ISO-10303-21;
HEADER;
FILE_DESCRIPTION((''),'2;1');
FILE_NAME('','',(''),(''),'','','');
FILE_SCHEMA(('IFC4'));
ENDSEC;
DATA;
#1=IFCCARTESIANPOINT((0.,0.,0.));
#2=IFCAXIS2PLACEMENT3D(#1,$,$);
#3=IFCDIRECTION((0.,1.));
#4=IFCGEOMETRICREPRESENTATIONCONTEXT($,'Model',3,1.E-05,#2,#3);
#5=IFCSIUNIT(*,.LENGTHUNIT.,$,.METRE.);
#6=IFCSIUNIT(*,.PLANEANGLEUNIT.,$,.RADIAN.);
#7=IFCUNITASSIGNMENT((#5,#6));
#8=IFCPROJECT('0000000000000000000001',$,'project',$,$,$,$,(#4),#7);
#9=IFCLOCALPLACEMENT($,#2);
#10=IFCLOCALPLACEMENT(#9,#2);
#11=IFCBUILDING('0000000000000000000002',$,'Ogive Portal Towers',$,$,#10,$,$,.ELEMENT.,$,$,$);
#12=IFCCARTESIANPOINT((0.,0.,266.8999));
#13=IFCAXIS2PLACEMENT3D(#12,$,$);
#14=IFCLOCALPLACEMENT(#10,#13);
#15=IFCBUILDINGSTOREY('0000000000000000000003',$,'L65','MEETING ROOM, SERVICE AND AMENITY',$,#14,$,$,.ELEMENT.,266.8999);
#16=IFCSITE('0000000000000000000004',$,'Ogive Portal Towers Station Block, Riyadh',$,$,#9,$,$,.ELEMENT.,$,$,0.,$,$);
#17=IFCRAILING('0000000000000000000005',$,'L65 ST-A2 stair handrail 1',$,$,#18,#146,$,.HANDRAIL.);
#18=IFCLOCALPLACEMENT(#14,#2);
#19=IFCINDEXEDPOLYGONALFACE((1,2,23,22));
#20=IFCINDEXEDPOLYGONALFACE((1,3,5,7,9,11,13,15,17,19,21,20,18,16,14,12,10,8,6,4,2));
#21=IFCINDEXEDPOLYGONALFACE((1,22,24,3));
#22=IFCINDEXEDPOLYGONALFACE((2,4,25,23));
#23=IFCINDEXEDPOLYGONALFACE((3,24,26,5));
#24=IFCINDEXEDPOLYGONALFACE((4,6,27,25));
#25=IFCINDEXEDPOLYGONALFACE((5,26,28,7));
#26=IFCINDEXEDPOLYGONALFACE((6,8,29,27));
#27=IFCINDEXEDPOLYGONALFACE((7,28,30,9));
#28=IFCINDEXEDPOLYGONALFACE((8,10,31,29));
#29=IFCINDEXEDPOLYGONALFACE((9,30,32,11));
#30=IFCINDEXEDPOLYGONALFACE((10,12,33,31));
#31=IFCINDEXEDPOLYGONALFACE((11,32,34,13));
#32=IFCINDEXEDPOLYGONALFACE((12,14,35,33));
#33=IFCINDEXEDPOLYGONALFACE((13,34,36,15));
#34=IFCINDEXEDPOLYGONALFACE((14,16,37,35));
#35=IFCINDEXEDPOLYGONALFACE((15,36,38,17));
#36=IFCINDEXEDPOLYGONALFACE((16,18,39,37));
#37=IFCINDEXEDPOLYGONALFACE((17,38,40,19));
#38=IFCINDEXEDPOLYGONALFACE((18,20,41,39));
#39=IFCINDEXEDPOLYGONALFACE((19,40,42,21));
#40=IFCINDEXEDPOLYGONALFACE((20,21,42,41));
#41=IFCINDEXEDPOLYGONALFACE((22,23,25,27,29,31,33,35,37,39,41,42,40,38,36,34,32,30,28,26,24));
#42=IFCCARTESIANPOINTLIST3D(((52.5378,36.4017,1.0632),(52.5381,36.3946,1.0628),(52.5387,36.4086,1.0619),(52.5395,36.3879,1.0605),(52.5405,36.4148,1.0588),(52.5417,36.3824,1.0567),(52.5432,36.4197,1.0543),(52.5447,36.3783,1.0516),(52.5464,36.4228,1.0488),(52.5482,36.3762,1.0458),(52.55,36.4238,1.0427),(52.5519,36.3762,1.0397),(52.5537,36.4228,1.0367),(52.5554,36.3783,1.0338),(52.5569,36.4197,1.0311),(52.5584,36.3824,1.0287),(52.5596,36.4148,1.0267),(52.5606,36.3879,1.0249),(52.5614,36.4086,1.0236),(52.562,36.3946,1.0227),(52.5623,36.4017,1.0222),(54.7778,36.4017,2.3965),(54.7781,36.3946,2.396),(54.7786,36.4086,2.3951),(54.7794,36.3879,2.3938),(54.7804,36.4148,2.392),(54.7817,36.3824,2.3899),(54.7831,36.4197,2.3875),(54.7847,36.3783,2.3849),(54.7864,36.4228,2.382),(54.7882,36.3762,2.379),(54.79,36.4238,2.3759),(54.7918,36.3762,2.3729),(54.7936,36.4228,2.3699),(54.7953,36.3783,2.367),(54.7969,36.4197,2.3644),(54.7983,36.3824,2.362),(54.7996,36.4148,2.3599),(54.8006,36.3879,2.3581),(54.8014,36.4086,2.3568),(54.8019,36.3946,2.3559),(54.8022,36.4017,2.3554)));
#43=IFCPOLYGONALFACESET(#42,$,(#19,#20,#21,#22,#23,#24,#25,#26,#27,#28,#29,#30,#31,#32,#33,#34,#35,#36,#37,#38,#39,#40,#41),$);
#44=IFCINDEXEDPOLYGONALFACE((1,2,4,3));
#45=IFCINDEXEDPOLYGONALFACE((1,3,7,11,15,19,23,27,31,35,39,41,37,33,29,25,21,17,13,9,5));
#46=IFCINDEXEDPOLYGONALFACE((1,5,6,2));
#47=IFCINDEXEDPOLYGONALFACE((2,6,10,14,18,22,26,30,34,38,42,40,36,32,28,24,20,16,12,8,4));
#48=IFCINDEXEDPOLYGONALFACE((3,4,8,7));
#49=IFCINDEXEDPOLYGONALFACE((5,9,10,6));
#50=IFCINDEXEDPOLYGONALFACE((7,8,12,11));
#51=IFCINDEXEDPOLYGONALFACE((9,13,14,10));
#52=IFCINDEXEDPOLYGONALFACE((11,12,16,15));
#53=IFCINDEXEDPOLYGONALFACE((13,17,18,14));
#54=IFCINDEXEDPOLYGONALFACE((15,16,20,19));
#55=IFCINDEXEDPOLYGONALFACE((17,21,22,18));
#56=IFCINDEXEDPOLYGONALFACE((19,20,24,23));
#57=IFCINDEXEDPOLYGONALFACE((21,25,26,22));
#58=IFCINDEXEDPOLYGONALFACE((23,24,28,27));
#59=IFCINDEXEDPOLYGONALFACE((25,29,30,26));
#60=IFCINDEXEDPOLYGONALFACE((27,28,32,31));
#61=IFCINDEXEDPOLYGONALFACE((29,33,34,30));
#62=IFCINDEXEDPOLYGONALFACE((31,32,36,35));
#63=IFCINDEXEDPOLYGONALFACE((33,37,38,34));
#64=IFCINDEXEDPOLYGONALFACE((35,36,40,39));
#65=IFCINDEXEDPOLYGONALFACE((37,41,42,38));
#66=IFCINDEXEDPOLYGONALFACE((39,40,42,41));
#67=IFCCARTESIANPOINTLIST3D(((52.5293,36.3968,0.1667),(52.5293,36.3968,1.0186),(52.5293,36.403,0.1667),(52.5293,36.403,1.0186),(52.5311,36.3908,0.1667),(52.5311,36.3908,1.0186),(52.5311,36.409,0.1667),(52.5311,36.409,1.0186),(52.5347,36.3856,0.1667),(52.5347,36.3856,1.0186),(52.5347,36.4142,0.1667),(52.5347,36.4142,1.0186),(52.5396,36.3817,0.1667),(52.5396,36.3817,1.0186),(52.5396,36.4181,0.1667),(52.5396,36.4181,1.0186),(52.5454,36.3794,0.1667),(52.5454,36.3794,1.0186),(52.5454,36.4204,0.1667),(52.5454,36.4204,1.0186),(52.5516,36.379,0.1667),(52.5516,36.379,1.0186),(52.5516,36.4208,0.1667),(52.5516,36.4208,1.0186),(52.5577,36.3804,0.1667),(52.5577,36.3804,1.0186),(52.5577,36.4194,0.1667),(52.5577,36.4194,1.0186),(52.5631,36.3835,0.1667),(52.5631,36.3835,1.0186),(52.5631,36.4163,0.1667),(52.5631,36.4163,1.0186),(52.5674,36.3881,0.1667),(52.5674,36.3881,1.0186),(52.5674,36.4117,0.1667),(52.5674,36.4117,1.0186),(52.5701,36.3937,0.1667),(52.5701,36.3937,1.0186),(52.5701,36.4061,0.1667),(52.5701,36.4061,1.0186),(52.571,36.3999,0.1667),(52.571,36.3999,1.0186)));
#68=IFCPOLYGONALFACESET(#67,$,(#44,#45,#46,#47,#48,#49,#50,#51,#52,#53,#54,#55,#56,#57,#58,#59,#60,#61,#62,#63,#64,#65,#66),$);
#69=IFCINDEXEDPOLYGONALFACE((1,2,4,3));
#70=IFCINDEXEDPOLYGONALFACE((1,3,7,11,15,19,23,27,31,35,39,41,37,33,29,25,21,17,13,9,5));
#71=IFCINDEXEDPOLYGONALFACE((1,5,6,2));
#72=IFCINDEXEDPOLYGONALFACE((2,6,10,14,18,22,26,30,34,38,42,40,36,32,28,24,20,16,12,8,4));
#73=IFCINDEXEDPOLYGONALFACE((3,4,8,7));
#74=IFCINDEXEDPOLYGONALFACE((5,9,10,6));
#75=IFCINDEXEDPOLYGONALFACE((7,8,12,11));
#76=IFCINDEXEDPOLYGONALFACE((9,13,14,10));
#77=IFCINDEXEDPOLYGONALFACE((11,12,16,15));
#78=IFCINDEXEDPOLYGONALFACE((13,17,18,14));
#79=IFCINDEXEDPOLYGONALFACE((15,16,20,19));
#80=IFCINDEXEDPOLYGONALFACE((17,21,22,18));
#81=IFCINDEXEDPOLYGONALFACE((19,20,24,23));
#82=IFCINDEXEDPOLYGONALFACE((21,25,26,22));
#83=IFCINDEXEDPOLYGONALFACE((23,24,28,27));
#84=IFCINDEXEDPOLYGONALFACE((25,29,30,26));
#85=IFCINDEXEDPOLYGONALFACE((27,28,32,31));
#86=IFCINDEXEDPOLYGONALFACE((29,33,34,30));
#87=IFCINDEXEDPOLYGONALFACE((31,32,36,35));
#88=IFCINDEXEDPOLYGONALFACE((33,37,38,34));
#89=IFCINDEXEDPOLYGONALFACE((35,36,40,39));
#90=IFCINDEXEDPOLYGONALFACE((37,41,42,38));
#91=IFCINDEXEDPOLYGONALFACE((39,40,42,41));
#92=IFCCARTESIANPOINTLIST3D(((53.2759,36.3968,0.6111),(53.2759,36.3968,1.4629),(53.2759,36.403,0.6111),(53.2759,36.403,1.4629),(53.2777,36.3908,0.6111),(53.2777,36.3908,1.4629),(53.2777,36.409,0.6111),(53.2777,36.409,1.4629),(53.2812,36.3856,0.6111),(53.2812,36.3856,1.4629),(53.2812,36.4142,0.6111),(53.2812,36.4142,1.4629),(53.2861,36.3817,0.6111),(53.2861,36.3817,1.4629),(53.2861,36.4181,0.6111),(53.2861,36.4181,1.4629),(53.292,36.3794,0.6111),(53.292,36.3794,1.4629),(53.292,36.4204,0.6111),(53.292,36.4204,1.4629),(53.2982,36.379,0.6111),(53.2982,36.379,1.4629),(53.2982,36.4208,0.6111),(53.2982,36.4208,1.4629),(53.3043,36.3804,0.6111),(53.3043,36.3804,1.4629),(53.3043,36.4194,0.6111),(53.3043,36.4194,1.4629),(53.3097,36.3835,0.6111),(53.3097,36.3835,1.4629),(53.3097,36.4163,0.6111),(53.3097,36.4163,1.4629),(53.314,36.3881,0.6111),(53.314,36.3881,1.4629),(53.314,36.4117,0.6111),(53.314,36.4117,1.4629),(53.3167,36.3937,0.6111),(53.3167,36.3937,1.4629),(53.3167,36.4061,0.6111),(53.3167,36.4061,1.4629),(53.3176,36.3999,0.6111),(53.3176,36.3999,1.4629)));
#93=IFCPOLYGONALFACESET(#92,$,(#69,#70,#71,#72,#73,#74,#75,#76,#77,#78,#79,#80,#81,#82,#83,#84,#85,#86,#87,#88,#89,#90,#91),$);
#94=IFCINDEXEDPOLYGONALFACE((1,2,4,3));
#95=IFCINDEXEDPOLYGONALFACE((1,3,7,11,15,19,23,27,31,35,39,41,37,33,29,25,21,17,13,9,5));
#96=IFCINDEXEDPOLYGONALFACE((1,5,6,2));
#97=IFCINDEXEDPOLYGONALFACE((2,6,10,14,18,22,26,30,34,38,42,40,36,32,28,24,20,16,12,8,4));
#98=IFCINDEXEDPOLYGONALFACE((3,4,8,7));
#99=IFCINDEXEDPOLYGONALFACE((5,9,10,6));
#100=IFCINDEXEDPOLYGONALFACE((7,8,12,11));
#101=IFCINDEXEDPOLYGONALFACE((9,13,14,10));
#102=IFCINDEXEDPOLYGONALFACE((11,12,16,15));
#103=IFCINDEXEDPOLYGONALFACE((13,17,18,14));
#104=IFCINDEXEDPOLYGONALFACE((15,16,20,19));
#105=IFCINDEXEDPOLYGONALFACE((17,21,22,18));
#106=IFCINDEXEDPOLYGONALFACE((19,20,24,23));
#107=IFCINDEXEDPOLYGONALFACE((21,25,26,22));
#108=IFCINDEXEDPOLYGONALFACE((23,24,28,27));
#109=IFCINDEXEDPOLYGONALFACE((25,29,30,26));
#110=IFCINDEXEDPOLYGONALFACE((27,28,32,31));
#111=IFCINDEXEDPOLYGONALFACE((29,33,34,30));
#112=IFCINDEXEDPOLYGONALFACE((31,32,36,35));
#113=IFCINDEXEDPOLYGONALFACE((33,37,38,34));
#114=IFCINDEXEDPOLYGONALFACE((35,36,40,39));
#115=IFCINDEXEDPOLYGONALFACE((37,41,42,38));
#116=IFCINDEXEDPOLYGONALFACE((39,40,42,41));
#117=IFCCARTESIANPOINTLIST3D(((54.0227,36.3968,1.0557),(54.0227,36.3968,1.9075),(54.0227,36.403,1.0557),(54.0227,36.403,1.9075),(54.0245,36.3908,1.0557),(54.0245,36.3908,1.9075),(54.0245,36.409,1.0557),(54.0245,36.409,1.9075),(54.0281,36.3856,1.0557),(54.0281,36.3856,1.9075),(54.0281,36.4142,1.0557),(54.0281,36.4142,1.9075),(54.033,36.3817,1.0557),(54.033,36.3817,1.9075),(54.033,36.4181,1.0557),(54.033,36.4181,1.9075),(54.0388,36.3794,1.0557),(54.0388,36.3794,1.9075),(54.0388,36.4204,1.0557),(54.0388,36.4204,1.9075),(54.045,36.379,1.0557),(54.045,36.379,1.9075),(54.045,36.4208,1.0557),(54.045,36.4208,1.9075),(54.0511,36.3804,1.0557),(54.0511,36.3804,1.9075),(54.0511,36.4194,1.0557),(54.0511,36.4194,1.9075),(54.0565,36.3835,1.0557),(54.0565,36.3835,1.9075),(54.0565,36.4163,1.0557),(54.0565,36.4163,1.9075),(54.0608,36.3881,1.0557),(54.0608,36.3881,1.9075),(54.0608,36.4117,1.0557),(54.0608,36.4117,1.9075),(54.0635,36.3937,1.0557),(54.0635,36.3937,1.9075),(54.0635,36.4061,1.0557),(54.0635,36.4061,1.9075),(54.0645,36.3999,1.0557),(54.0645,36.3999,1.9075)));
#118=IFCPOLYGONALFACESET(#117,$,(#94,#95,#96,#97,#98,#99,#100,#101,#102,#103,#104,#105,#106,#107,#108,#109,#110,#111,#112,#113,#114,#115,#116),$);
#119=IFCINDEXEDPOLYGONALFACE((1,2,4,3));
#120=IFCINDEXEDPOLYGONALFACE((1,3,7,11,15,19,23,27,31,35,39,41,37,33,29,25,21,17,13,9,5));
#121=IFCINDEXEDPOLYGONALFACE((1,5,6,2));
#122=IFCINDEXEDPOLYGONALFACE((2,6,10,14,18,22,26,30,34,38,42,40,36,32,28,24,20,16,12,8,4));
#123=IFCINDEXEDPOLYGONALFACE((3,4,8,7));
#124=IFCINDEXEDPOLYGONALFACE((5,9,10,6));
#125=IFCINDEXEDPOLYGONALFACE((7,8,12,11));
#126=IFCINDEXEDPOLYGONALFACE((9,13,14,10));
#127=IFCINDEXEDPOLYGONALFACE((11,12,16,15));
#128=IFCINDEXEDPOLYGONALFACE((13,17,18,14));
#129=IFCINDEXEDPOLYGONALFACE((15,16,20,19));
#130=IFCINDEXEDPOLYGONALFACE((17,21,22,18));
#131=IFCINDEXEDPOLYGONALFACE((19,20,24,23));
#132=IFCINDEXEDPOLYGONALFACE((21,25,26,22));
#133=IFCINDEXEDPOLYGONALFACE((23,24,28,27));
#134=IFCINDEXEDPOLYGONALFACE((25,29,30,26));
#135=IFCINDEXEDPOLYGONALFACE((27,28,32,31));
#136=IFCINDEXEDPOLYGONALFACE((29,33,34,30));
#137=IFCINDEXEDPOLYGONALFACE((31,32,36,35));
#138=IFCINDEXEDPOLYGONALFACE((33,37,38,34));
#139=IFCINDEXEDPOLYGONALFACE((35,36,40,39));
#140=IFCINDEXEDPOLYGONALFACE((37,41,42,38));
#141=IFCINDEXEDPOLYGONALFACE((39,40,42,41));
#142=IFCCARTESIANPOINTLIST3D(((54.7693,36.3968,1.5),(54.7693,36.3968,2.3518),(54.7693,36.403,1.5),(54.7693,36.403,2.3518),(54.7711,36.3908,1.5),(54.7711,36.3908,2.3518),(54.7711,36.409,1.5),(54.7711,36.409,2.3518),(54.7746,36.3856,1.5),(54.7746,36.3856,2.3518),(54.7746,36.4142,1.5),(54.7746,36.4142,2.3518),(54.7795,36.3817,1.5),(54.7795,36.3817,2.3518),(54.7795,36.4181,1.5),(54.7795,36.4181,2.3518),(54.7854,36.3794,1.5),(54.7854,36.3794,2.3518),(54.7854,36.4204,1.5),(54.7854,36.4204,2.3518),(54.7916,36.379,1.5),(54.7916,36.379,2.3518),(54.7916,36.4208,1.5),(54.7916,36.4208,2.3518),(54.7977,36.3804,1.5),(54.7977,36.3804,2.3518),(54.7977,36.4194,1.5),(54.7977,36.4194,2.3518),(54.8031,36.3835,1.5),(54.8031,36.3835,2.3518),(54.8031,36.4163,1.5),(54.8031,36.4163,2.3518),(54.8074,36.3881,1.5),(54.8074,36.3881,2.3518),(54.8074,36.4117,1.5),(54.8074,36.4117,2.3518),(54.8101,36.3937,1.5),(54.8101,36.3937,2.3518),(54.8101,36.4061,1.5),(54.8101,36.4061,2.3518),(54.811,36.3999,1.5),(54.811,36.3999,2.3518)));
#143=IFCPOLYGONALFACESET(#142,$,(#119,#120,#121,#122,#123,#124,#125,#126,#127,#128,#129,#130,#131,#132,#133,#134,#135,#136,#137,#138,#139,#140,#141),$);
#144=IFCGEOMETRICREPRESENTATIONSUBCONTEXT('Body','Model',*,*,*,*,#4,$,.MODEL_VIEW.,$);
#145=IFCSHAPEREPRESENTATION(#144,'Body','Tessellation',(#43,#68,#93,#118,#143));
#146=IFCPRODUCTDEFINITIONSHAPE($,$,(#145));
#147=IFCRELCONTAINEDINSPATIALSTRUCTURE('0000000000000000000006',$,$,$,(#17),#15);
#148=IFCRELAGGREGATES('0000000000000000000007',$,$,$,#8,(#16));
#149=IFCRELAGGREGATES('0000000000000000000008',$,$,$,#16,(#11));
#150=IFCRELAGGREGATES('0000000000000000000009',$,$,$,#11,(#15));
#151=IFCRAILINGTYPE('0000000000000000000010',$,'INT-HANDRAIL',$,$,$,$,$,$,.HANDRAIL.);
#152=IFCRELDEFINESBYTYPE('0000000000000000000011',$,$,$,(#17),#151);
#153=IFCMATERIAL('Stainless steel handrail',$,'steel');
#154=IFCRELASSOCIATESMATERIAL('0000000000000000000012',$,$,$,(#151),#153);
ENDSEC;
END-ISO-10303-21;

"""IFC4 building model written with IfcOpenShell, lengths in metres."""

from ifc_helpers import new_model, si_unit, direction, frame, origin, origin_2d, place, context, subcontext, project, spatial, circle, extrude, material, type_object, element, save


model = new_model("IFC4")

# Units and contexts
model_context = context("Model", 3, precision=1e-05, world=origin(), true_north=direction((0.0, 1.0)))
body_context = subcontext(model_context, "Body", "Model", "MODEL_VIEW")
ifc_project = project(units=[si_unit("LENGTHUNIT", "METRE"), si_unit("PLANEANGLEUNIT", "RADIAN")], contexts=[model_context])

# Site, building, storey
site_placement = place(None, origin())
site = spatial("IfcSite", under=ifc_project, at=site_placement, Name="Ogive Portal Towers Station Block, Riyadh", CompositionType="ELEMENT", RefElevation=0.0)
building_placement = place(site_placement, origin())
building = spatial("IfcBuilding", under=site, at=building_placement, Name="Ogive Portal Towers", CompositionType="ELEMENT")
storey_placement = place(building_placement, frame((0.0, 0.0, 266.8999)))
storey = spatial("IfcBuildingStorey", under=building, at=storey_placement, Name="L65", Description="MEETING ROOM, SERVICE AND AMENITY", CompositionType="ELEMENT", Elevation=266.8999)

# Railing
ifc_material_1 = material(Name="Stainless steel handrail", Category="steel")
railing_type_1 = type_object("IfcRailingType", Name="INT-HANDRAIL", PredefinedType="HANDRAIL", material=ifc_material_1)
railing_1_placement = place(storey_placement, frame((52.55, 36.3999, 0.1667)))
element("IfcRailing", 1, at=railing_1_placement, inside=storey, type_object=railing_type_1, Name="L65 ST-A2 stair handrail 1", PredefinedType="HANDRAIL", context=body_context, shape_type="SweptSolid", body=[
    extrude(circle(Radius=0.0239, at=origin_2d()), frame((0.0, 0.0, 0.876), z_axis=(0.859306, 0.0, 0.511462), x_axis=(0.0, 1.0, 0.0)), (0.0, 0.0, 1.0), 2.6067),
    extrude(circle(Radius=0.021, at=origin_2d()), origin(), (0.0, 0.0, 1.0), 0.8518),
    extrude(circle(Radius=0.021, at=origin_2d()), frame((0.7466, 0.0, 0.4443)), (0.0, 0.0, 1.0), 0.8518),
    extrude(circle(Radius=0.021, at=origin_2d()), frame((1.4934, 0.0, 0.8889)), (0.0, 0.0, 1.0), 0.8518),
    extrude(circle(Radius=0.021, at=origin_2d()), frame((2.24, 0.0, 1.3333)), (0.0, 0.0, 1.0), 0.8518),
])

save(model, "model.ifc")
